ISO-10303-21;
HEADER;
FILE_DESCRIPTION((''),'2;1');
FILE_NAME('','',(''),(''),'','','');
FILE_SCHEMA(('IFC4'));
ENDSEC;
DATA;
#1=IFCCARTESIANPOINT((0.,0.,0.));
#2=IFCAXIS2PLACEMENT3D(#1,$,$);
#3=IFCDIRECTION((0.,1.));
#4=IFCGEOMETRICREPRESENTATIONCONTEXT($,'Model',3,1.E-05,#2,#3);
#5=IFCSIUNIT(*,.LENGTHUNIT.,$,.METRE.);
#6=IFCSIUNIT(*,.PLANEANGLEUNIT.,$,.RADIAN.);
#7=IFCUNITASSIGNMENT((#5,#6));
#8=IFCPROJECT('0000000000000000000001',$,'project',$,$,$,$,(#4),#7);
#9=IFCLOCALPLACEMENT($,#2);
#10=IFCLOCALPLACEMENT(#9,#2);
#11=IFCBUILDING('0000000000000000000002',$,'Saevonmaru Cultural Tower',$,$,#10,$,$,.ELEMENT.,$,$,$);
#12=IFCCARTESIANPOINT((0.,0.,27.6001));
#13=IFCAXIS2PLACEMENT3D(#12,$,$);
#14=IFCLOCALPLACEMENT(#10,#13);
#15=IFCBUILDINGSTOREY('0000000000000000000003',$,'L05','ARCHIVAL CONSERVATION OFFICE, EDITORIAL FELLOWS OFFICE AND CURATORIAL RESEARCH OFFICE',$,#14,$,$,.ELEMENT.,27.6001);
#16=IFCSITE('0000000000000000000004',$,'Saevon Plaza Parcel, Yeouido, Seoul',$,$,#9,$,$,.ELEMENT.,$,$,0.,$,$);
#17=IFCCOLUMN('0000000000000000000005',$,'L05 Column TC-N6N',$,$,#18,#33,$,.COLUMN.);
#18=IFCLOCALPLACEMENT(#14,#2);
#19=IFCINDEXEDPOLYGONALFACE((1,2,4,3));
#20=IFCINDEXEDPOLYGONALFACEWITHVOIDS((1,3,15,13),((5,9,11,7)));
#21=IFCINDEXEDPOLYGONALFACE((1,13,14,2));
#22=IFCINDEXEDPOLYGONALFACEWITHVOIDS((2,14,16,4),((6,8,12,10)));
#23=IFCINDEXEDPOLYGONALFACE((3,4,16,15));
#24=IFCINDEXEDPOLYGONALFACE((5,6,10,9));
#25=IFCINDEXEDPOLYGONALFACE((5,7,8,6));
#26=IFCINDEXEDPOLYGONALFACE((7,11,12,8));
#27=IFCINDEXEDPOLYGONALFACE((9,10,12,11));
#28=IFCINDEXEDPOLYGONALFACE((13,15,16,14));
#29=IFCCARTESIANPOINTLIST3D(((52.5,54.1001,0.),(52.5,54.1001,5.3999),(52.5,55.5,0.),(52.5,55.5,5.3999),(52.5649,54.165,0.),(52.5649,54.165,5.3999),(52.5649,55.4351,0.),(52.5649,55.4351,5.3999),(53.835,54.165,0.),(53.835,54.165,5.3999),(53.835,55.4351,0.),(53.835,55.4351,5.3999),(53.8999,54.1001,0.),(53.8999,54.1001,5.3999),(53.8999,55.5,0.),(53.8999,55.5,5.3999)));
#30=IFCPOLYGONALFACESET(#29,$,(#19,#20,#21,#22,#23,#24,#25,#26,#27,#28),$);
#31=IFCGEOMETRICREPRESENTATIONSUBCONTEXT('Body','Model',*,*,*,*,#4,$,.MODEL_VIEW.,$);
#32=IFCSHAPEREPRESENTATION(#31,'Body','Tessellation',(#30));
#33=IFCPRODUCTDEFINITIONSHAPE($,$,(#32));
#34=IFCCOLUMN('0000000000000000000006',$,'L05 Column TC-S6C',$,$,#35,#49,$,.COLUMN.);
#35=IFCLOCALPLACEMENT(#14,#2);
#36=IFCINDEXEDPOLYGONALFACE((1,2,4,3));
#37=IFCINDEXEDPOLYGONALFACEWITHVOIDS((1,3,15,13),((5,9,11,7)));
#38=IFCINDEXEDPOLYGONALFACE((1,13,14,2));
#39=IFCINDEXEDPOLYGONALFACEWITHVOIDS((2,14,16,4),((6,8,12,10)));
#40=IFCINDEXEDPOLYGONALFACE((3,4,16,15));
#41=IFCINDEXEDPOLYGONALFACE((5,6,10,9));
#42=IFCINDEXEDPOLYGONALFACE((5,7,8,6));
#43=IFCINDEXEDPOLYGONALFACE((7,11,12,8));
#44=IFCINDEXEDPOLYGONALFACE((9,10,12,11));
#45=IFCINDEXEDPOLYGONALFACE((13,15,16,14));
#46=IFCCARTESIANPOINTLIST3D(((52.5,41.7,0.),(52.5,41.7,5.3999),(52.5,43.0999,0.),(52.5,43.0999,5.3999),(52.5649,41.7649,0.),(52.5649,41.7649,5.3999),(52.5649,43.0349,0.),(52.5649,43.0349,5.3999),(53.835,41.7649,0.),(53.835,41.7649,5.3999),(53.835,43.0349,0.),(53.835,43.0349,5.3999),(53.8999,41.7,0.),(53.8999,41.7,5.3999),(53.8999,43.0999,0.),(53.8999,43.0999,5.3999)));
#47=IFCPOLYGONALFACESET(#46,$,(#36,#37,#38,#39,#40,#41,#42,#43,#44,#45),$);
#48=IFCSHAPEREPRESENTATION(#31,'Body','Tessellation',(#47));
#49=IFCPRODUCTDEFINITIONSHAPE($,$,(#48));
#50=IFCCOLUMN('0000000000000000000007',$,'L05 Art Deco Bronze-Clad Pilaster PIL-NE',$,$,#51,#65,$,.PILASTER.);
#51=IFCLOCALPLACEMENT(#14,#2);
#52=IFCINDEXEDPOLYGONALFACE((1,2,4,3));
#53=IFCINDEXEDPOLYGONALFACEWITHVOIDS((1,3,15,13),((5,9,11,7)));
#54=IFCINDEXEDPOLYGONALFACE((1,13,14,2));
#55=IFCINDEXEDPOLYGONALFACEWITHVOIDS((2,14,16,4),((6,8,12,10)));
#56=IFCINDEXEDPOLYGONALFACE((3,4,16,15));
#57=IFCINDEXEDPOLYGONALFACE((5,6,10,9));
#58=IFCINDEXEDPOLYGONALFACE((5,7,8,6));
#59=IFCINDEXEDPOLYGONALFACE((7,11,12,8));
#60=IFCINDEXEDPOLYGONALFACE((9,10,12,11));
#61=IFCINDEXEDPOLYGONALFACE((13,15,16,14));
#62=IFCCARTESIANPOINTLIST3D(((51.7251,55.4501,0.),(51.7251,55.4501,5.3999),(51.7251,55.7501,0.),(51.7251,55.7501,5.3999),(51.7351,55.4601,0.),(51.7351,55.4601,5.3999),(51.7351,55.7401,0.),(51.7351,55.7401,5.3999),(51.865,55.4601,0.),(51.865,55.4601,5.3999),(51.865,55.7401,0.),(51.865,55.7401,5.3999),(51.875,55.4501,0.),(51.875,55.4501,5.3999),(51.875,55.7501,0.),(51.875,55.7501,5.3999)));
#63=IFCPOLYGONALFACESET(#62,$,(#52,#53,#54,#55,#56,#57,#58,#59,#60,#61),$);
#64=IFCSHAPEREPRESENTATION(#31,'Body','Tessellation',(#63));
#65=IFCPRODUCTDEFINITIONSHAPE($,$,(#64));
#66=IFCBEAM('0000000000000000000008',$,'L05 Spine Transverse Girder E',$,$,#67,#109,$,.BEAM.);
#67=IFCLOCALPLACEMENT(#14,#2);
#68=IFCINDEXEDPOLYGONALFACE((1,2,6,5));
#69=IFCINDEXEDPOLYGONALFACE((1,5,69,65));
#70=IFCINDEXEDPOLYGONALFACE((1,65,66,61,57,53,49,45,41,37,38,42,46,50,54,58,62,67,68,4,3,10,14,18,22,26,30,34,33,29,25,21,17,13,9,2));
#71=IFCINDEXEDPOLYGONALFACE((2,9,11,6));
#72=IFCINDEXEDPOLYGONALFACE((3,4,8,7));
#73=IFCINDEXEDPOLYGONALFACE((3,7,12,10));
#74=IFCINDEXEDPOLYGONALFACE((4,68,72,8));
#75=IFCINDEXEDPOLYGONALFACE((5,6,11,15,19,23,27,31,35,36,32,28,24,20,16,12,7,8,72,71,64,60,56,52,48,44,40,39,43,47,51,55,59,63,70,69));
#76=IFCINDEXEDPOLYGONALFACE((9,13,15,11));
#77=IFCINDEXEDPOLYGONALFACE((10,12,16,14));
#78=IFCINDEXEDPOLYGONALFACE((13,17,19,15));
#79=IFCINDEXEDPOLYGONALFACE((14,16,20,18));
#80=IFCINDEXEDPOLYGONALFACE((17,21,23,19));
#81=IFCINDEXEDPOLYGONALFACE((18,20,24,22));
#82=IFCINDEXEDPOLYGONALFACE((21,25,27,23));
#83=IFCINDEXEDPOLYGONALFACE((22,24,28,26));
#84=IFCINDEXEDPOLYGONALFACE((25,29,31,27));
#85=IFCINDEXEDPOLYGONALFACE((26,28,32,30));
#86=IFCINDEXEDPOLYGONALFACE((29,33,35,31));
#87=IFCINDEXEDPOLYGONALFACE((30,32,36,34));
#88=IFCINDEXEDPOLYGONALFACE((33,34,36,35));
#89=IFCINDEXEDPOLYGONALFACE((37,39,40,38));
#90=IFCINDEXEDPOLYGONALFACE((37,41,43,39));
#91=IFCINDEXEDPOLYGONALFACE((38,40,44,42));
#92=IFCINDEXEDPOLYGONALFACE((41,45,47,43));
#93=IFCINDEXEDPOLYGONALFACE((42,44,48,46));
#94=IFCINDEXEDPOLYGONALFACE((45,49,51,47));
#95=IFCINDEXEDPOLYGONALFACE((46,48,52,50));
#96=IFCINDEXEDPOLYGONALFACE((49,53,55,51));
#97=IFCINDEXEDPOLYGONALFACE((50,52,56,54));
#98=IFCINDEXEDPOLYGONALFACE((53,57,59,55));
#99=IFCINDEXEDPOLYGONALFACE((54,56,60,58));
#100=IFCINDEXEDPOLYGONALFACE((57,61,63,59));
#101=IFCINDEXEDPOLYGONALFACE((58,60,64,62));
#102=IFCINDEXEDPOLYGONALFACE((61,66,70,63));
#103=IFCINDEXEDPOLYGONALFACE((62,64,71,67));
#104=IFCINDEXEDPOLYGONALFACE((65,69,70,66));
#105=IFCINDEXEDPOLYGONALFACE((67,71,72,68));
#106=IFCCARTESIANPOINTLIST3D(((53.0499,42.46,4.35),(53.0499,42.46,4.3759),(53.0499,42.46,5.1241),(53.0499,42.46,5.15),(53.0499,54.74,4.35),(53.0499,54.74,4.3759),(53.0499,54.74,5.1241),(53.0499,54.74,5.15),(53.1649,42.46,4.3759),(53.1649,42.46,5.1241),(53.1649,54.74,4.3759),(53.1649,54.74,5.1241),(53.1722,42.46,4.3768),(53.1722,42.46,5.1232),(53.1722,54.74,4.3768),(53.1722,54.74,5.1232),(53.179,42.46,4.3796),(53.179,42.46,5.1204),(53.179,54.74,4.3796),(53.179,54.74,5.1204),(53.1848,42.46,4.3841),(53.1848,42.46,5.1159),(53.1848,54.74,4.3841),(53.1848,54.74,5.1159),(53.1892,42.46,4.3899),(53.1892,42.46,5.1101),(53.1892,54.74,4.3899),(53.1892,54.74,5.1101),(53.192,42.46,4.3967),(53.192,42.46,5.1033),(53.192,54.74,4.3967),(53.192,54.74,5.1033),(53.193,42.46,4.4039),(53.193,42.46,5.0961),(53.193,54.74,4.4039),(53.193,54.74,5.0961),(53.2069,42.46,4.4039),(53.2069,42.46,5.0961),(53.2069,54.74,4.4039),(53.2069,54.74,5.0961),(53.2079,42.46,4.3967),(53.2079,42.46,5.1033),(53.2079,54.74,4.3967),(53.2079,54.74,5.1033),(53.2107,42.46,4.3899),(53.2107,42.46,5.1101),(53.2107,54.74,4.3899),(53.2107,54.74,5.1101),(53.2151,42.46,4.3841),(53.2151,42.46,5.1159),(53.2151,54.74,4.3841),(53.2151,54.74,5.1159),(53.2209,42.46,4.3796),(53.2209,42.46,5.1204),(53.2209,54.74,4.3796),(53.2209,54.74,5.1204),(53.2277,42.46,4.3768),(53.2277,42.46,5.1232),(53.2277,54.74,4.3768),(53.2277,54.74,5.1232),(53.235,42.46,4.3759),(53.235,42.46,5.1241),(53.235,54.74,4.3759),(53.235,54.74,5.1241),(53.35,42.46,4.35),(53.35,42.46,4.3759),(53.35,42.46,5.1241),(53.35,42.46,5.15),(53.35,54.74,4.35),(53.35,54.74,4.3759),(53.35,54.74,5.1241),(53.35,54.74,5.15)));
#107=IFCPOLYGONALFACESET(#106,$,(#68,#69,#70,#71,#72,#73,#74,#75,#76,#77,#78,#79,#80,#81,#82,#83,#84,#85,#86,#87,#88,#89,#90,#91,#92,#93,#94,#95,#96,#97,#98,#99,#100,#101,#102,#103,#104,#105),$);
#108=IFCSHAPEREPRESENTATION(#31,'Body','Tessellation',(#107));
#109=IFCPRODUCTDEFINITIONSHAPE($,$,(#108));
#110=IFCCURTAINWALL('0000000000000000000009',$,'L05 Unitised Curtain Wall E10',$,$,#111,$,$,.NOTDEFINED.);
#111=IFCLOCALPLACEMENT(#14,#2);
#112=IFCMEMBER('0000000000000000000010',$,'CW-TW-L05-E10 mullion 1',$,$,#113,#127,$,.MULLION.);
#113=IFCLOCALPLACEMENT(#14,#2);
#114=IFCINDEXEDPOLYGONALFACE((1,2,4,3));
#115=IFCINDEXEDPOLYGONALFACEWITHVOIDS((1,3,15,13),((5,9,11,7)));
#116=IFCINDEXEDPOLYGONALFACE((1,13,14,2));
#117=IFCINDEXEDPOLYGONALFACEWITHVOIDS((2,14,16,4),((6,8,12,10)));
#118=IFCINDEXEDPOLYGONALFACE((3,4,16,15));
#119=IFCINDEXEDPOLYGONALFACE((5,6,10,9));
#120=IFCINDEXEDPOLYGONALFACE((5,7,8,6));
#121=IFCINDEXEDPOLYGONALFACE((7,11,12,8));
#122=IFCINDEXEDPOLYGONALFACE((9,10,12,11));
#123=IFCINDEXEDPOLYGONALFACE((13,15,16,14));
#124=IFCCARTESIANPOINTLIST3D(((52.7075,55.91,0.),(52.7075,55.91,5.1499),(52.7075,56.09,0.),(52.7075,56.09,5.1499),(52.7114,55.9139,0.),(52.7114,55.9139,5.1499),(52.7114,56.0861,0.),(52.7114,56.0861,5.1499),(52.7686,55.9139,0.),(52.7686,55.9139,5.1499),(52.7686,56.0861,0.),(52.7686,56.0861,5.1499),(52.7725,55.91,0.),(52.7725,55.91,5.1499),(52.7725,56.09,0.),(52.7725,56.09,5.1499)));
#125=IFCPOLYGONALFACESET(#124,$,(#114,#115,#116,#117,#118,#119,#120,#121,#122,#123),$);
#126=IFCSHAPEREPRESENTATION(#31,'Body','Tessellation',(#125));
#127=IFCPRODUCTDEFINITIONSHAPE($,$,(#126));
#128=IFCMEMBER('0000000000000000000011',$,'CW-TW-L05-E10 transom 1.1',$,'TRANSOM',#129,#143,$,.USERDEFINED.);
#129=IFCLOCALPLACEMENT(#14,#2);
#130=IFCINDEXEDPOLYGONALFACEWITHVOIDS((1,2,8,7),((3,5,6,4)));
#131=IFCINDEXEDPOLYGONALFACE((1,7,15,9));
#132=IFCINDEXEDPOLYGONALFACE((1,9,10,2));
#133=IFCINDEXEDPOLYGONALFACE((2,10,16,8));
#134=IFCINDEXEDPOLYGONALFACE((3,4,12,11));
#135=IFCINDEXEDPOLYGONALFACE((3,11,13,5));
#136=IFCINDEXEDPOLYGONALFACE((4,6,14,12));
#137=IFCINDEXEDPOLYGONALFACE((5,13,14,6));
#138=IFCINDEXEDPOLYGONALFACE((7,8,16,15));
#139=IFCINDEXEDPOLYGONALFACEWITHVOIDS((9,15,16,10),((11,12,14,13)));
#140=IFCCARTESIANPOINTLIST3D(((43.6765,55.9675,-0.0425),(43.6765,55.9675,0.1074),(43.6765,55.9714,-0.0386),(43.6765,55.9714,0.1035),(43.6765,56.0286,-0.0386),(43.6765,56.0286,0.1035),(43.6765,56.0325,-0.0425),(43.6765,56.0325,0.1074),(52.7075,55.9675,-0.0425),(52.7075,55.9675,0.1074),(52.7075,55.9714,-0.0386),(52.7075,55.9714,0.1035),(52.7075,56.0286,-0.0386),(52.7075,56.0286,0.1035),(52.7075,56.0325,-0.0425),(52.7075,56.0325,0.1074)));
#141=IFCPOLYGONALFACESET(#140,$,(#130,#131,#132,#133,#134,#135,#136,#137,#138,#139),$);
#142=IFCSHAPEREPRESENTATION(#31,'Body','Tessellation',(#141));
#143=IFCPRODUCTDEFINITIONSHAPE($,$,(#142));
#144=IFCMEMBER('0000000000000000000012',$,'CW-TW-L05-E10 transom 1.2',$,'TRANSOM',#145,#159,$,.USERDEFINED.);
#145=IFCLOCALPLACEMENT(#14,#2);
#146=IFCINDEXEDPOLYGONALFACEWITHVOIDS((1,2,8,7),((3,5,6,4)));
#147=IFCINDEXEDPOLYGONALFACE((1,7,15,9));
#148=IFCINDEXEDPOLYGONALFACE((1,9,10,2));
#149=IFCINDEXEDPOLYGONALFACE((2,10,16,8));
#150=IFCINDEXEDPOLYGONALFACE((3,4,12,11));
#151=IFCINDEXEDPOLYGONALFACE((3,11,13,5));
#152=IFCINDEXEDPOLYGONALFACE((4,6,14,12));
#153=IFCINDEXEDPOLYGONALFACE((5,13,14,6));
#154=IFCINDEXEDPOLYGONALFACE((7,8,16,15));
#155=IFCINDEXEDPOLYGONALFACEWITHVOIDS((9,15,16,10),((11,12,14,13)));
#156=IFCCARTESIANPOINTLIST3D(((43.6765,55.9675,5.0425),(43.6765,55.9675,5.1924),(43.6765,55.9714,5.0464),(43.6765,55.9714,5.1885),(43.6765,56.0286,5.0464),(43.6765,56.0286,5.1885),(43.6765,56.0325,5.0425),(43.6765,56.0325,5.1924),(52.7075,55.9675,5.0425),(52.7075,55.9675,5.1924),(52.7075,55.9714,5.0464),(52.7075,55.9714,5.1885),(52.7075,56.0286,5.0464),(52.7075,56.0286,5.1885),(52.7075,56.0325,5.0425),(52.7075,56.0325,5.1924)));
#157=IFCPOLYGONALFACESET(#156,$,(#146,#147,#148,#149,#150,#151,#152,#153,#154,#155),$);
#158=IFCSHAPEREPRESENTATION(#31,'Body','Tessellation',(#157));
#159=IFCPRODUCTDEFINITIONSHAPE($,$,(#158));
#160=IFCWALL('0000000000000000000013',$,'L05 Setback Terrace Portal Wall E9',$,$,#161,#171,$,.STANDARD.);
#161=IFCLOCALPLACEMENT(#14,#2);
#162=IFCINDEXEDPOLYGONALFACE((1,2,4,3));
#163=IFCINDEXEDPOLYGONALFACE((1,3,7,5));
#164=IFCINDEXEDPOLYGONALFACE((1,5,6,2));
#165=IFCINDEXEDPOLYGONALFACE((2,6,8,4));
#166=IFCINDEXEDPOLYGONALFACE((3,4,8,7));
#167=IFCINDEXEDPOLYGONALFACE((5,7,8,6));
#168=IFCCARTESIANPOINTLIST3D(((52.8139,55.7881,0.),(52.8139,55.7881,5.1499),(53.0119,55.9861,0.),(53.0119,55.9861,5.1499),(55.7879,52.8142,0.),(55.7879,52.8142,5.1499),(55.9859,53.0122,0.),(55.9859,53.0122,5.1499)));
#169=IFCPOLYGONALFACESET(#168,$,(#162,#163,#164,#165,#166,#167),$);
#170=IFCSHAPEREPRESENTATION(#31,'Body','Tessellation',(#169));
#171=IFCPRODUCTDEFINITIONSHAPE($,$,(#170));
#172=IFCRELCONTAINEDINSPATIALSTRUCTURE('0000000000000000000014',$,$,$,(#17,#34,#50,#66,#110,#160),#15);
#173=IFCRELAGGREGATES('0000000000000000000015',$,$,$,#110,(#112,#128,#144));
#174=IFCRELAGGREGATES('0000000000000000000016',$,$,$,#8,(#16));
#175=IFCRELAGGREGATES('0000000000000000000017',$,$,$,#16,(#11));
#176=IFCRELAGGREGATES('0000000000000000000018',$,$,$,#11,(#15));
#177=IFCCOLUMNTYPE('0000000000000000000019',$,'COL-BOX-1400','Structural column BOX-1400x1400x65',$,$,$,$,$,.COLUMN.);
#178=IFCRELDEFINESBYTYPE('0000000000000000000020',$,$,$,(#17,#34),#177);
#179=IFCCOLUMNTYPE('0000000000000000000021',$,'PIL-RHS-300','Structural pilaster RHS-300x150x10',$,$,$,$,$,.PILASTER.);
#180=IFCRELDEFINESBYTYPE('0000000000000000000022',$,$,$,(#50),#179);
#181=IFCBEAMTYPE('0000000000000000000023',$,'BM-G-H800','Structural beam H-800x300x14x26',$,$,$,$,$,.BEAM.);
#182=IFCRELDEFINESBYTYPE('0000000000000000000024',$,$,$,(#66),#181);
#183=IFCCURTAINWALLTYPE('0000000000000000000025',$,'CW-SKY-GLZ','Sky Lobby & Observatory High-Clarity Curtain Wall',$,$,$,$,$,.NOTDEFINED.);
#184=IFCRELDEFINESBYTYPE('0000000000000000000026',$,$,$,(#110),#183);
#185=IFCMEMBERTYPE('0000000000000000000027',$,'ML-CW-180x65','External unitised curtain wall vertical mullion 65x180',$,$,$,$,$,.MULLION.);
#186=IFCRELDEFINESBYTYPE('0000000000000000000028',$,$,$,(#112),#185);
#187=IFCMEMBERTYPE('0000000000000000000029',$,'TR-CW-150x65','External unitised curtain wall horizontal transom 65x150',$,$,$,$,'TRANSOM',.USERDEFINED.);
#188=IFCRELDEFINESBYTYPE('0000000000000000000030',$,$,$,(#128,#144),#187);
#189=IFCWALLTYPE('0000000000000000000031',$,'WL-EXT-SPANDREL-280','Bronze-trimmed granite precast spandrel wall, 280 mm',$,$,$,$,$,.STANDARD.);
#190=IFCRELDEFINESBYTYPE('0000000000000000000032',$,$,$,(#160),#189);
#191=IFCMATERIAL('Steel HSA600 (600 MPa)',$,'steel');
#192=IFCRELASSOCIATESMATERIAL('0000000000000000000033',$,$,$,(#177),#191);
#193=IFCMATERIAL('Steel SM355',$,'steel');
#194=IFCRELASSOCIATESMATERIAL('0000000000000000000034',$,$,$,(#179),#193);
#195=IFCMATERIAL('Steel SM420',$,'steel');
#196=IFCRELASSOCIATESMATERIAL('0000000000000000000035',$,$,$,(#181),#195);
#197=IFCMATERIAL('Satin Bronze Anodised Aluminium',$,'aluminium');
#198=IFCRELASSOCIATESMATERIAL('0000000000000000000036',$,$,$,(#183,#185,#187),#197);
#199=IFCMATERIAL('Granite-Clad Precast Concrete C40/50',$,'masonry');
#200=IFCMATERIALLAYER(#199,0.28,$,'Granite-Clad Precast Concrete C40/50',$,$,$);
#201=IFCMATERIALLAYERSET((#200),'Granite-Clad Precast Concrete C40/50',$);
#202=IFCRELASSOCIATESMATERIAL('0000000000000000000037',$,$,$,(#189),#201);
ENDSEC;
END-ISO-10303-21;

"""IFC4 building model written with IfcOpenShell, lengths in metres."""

from ifc_helpers import new_model, si_unit, direction, frame, frame_2d, origin, origin_2d, place, context, subcontext, project, spatial, rectangle, hollow_rectangle, i_section, extrude, material, layer, layer_set, material_profile, profile_set, type_object, element, aggregate, save


model = new_model("IFC4")

# Units and contexts
model_context = context("Model", 3, precision=1e-05, world=origin(), true_north=direction((0.0, 1.0)))
body_context = subcontext(model_context, "Body", "Model", "MODEL_VIEW")
ifc_project = project(units=[si_unit("LENGTHUNIT", "METRE"), si_unit("PLANEANGLEUNIT", "RADIAN")], contexts=[model_context])

# Site, building, storey
site_placement = place(None, origin())
site = spatial("IfcSite", under=ifc_project, at=site_placement, Name="Saevon Plaza Parcel, Yeouido, Seoul", CompositionType="ELEMENT", RefElevation=0.0)
building_placement = place(site_placement, origin())
building = spatial("IfcBuilding", under=site, at=building_placement, Name="Saevonmaru Cultural Tower", CompositionType="ELEMENT")
storey_placement = place(building_placement, frame((0.0, 0.0, 27.6001)))
storey = spatial("IfcBuildingStorey", under=building, at=storey_placement, Name="L05", Description="ARCHIVAL CONSERVATION OFFICE, EDITORIAL FELLOWS OFFICE AND CURATORIAL RESEARCH OFFICE", CompositionType="ELEMENT", Elevation=27.6001)

# Columns
ifc_material_1 = material(Name="Steel HSA600 (600 MPa)", Category="steel")
ifc_material_profile_1 = material_profile(ifc_material_1, hollow_rectangle(XDim=1.3999, YDim=1.3999, WallThickness=0.0649, at=origin_2d()), Name="BOX-1400x1400x65")
ifc_profile_set_1 = profile_set([ifc_material_profile_1], Name="Steel HSA600 (600 MPa)")
column_type_1 = type_object("IfcColumnType", Name="COL-BOX-1400", Description="Structural column BOX-1400x1400x65", PredefinedType="COLUMN", material=ifc_profile_set_1)
for number, where, z_axis, x_axis, name in (
    (1, (53.2, 54.8, 0.0), (0.0, 0.0, 1.0), (1.0, 0.0, 0.0), "L05 Column TC-N6N"),
    (2, (53.2, 42.3999, 0.0), (0.0, 0.0, 1.0), (1.0, 0.0, 0.0), "L05 Column TC-S6C"),
):
    element("IfcColumn", number, at=place(storey_placement, frame(where, z_axis=z_axis, x_axis=x_axis)), inside=storey, type_object=column_type_1, Name=name, PredefinedType="COLUMN", context=body_context, shape_type="SweptSolid", body=[
        extrude(hollow_rectangle(XDim=1.3999, YDim=1.3999, WallThickness=0.0649, at=origin_2d()), origin(), (0.0, 0.0, 1.0), 5.3999),
    ])
ifc_material_2 = material(Name="Steel SM355", Category="steel")
ifc_material_profile_2 = material_profile(ifc_material_2, hollow_rectangle(XDim=0.1499, YDim=0.3, WallThickness=0.01, at=origin_2d()), Name="RHS-300x150x10")
ifc_profile_set_2 = profile_set([ifc_material_profile_2], Name="Steel SM355")
column_type_2 = type_object("IfcColumnType", Name="PIL-RHS-300", Description="Structural pilaster RHS-300x150x10", PredefinedType="PILASTER", material=ifc_profile_set_2)
column_placement = place(storey_placement, frame((51.8, 55.6001, 0.0), z_axis=(0.0, 0.0, 1.0), x_axis=(1.0, 0.0, 0.0)))
element("IfcColumn", 3, at=column_placement, inside=storey, type_object=column_type_2, Name="L05 Art Deco Bronze-Clad Pilaster PIL-NE", PredefinedType="PILASTER", context=body_context, shape_type="SweptSolid", body=[
    extrude(hollow_rectangle(XDim=0.1499, YDim=0.3, WallThickness=0.01, at=origin_2d()), origin(), (0.0, 0.0, 1.0), 5.3999),
])

# Beam
ifc_material_3 = material(Name="Steel SM420", Category="steel")
ifc_material_profile_3 = material_profile(ifc_material_3, i_section(OverallWidth=0.3, OverallDepth=0.8, WebThickness=0.0139, FlangeThickness=0.0259, FilletRadius=0.0281, at=origin_2d()), Name="H-800x300x14x26")
ifc_profile_set_3 = profile_set([ifc_material_profile_3], Name="Steel SM420")
beam_type = type_object("IfcBeamType", Name="BM-G-H800", Description="Structural beam H-800x300x14x26", PredefinedType="BEAM", material=ifc_profile_set_3)
beam_placement = place(storey_placement, frame((53.2, 54.74, 4.75), z_axis=(0.0, -1.0, 0.0), x_axis=(1.0, 0.0, 0.0)))
element("IfcBeam", 4, at=beam_placement, inside=storey, type_object=beam_type, Name="L05 Spine Transverse Girder E", PredefinedType="BEAM", context=body_context, shape_type="SweptSolid", body=[
    extrude(i_section(OverallWidth=0.3, OverallDepth=0.8, WebThickness=0.0139, FlangeThickness=0.0259, FilletRadius=0.0281, at=origin_2d()), origin(), (0.0, 0.0, 1.0), 12.28),
])

# Curtain wall, members
ifc_material_4 = material(Name="Satin Bronze Anodised Aluminium", Category="aluminium")
curtain_wall_type = type_object("IfcCurtainWallType", Name="CW-SKY-GLZ", Description="Sky Lobby & Observatory High-Clarity Curtain Wall", PredefinedType="NOTDEFINED", material=ifc_material_4)
curtain_wall_placement = place(storey_placement, origin())
curtain_wall = element("IfcCurtainWall", 5, at=curtain_wall_placement, inside=storey, type_object=curtain_wall_type, Name="L05 Unitised Curtain Wall E10", PredefinedType="NOTDEFINED")
ifc_material_profile_4 = material_profile(ifc_material_4, hollow_rectangle(XDim=0.0649, YDim=0.1799, WallThickness=0.0039, at=origin_2d()), Name="ALU-MULL-180x65x4")
ifc_profile_set_4 = profile_set([ifc_material_profile_4], Name="Satin Bronze Anodised Aluminium")
member_type_1 = type_object("IfcMemberType", Name="ML-CW-180x65", Description="External unitised curtain wall vertical mullion 65x180", PredefinedType="MULLION", material=ifc_profile_set_4)
member_1_placement = place(storey_placement, frame((52.74, 56.0, 0.0), z_axis=(0.0, 0.0, 1.0), x_axis=(-1.0, 0.0, 0.0)))
member_1 = element("IfcMember", 6, at=member_1_placement, type_object=member_type_1, Name="CW-TW-L05-E10 mullion 1", PredefinedType="MULLION", context=body_context, shape_type="SweptSolid", body=[
    extrude(hollow_rectangle(XDim=0.0649, YDim=0.1799, WallThickness=0.0039, at=origin_2d()), origin(), (0.0, 0.0, 1.0), 5.1499),
])
ifc_material_profile_5 = material_profile(ifc_material_4, hollow_rectangle(XDim=0.0649, YDim=0.1499, WallThickness=0.0039, at=origin_2d()), Name="ALU-TRAN-150x65x4")
ifc_profile_set_5 = profile_set([ifc_material_profile_5], Name="Satin Bronze Anodised Aluminium")
member_type_2 = type_object("IfcMemberType", Name="TR-CW-150x65", Description="External unitised curtain wall horizontal transom 65x150", ElementType="TRANSOM", PredefinedType="USERDEFINED", material=ifc_profile_set_5)
member_2_placement = place(storey_placement, frame((52.7075, 56.0, 0.0325), z_axis=(-1.0, 0.0, 0.0), x_axis=(0.0, -1.0, 0.0)))
member_2 = element("IfcMember", 7, at=member_2_placement, type_object=member_type_2, Name="CW-TW-L05-E10 transom 1.1", ObjectType="TRANSOM", PredefinedType="USERDEFINED", context=body_context, shape_type="SweptSolid", body=[
    extrude(hollow_rectangle(XDim=0.0649, YDim=0.1499, WallThickness=0.0039, at=origin_2d()), origin(), (0.0, 0.0, 1.0), 9.031),
])
member_3_placement = place(storey_placement, frame((52.7075, 56.0, 5.1174), z_axis=(-1.0, 0.0, 0.0), x_axis=(0.0, -1.0, 0.0)))
member_3 = element("IfcMember", 8, at=member_3_placement, type_object=member_type_2, Name="CW-TW-L05-E10 transom 1.2", ObjectType="TRANSOM", PredefinedType="USERDEFINED", context=body_context, shape_type="SweptSolid", body=[
    extrude(hollow_rectangle(XDim=0.0649, YDim=0.1499, WallThickness=0.0039, at=origin_2d()), origin(), (0.0, 0.0, 1.0), 9.031),
])
aggregate(curtain_wall, [member_1, member_2, member_3])

# Wall
ifc_material_5 = material(Name="Granite-Clad Precast Concrete C40/50", Category="masonry")
ifc_layer_1 = layer(ifc_material_5, 0.28, Name="Granite-Clad Precast Concrete C40/50")
ifc_layer_set_1 = layer_set([ifc_layer_1], Name="Granite-Clad Precast Concrete C40/50")
wall_type_1 = type_object("IfcWallType", Name="WL-EXT-SPANDREL-280", Description="Bronze-trimmed granite precast spandrel wall, 280 mm", PredefinedType="STANDARD", material=ifc_layer_set_1)
wall_1_placement = place(storey_placement, frame((55.887, 52.9131, 0.0), z_axis=(0.0, 0.0, 1.0), x_axis=(-0.707107, 0.707107, 0.0)))
element("IfcWall", 9, at=wall_1_placement, inside=storey, type_object=wall_type_1, Name="L05 Setback Terrace Portal Wall E9", PredefinedType="STANDARD", context=body_context, shape_type="SweptSolid", body=[
    extrude(rectangle(XDim=4.2058, YDim=0.28, at=frame_2d((2.103, 0.0))), origin(), (0.0, 0.0, 1.0), 5.1499),
])

save(model, "model.ifc")
